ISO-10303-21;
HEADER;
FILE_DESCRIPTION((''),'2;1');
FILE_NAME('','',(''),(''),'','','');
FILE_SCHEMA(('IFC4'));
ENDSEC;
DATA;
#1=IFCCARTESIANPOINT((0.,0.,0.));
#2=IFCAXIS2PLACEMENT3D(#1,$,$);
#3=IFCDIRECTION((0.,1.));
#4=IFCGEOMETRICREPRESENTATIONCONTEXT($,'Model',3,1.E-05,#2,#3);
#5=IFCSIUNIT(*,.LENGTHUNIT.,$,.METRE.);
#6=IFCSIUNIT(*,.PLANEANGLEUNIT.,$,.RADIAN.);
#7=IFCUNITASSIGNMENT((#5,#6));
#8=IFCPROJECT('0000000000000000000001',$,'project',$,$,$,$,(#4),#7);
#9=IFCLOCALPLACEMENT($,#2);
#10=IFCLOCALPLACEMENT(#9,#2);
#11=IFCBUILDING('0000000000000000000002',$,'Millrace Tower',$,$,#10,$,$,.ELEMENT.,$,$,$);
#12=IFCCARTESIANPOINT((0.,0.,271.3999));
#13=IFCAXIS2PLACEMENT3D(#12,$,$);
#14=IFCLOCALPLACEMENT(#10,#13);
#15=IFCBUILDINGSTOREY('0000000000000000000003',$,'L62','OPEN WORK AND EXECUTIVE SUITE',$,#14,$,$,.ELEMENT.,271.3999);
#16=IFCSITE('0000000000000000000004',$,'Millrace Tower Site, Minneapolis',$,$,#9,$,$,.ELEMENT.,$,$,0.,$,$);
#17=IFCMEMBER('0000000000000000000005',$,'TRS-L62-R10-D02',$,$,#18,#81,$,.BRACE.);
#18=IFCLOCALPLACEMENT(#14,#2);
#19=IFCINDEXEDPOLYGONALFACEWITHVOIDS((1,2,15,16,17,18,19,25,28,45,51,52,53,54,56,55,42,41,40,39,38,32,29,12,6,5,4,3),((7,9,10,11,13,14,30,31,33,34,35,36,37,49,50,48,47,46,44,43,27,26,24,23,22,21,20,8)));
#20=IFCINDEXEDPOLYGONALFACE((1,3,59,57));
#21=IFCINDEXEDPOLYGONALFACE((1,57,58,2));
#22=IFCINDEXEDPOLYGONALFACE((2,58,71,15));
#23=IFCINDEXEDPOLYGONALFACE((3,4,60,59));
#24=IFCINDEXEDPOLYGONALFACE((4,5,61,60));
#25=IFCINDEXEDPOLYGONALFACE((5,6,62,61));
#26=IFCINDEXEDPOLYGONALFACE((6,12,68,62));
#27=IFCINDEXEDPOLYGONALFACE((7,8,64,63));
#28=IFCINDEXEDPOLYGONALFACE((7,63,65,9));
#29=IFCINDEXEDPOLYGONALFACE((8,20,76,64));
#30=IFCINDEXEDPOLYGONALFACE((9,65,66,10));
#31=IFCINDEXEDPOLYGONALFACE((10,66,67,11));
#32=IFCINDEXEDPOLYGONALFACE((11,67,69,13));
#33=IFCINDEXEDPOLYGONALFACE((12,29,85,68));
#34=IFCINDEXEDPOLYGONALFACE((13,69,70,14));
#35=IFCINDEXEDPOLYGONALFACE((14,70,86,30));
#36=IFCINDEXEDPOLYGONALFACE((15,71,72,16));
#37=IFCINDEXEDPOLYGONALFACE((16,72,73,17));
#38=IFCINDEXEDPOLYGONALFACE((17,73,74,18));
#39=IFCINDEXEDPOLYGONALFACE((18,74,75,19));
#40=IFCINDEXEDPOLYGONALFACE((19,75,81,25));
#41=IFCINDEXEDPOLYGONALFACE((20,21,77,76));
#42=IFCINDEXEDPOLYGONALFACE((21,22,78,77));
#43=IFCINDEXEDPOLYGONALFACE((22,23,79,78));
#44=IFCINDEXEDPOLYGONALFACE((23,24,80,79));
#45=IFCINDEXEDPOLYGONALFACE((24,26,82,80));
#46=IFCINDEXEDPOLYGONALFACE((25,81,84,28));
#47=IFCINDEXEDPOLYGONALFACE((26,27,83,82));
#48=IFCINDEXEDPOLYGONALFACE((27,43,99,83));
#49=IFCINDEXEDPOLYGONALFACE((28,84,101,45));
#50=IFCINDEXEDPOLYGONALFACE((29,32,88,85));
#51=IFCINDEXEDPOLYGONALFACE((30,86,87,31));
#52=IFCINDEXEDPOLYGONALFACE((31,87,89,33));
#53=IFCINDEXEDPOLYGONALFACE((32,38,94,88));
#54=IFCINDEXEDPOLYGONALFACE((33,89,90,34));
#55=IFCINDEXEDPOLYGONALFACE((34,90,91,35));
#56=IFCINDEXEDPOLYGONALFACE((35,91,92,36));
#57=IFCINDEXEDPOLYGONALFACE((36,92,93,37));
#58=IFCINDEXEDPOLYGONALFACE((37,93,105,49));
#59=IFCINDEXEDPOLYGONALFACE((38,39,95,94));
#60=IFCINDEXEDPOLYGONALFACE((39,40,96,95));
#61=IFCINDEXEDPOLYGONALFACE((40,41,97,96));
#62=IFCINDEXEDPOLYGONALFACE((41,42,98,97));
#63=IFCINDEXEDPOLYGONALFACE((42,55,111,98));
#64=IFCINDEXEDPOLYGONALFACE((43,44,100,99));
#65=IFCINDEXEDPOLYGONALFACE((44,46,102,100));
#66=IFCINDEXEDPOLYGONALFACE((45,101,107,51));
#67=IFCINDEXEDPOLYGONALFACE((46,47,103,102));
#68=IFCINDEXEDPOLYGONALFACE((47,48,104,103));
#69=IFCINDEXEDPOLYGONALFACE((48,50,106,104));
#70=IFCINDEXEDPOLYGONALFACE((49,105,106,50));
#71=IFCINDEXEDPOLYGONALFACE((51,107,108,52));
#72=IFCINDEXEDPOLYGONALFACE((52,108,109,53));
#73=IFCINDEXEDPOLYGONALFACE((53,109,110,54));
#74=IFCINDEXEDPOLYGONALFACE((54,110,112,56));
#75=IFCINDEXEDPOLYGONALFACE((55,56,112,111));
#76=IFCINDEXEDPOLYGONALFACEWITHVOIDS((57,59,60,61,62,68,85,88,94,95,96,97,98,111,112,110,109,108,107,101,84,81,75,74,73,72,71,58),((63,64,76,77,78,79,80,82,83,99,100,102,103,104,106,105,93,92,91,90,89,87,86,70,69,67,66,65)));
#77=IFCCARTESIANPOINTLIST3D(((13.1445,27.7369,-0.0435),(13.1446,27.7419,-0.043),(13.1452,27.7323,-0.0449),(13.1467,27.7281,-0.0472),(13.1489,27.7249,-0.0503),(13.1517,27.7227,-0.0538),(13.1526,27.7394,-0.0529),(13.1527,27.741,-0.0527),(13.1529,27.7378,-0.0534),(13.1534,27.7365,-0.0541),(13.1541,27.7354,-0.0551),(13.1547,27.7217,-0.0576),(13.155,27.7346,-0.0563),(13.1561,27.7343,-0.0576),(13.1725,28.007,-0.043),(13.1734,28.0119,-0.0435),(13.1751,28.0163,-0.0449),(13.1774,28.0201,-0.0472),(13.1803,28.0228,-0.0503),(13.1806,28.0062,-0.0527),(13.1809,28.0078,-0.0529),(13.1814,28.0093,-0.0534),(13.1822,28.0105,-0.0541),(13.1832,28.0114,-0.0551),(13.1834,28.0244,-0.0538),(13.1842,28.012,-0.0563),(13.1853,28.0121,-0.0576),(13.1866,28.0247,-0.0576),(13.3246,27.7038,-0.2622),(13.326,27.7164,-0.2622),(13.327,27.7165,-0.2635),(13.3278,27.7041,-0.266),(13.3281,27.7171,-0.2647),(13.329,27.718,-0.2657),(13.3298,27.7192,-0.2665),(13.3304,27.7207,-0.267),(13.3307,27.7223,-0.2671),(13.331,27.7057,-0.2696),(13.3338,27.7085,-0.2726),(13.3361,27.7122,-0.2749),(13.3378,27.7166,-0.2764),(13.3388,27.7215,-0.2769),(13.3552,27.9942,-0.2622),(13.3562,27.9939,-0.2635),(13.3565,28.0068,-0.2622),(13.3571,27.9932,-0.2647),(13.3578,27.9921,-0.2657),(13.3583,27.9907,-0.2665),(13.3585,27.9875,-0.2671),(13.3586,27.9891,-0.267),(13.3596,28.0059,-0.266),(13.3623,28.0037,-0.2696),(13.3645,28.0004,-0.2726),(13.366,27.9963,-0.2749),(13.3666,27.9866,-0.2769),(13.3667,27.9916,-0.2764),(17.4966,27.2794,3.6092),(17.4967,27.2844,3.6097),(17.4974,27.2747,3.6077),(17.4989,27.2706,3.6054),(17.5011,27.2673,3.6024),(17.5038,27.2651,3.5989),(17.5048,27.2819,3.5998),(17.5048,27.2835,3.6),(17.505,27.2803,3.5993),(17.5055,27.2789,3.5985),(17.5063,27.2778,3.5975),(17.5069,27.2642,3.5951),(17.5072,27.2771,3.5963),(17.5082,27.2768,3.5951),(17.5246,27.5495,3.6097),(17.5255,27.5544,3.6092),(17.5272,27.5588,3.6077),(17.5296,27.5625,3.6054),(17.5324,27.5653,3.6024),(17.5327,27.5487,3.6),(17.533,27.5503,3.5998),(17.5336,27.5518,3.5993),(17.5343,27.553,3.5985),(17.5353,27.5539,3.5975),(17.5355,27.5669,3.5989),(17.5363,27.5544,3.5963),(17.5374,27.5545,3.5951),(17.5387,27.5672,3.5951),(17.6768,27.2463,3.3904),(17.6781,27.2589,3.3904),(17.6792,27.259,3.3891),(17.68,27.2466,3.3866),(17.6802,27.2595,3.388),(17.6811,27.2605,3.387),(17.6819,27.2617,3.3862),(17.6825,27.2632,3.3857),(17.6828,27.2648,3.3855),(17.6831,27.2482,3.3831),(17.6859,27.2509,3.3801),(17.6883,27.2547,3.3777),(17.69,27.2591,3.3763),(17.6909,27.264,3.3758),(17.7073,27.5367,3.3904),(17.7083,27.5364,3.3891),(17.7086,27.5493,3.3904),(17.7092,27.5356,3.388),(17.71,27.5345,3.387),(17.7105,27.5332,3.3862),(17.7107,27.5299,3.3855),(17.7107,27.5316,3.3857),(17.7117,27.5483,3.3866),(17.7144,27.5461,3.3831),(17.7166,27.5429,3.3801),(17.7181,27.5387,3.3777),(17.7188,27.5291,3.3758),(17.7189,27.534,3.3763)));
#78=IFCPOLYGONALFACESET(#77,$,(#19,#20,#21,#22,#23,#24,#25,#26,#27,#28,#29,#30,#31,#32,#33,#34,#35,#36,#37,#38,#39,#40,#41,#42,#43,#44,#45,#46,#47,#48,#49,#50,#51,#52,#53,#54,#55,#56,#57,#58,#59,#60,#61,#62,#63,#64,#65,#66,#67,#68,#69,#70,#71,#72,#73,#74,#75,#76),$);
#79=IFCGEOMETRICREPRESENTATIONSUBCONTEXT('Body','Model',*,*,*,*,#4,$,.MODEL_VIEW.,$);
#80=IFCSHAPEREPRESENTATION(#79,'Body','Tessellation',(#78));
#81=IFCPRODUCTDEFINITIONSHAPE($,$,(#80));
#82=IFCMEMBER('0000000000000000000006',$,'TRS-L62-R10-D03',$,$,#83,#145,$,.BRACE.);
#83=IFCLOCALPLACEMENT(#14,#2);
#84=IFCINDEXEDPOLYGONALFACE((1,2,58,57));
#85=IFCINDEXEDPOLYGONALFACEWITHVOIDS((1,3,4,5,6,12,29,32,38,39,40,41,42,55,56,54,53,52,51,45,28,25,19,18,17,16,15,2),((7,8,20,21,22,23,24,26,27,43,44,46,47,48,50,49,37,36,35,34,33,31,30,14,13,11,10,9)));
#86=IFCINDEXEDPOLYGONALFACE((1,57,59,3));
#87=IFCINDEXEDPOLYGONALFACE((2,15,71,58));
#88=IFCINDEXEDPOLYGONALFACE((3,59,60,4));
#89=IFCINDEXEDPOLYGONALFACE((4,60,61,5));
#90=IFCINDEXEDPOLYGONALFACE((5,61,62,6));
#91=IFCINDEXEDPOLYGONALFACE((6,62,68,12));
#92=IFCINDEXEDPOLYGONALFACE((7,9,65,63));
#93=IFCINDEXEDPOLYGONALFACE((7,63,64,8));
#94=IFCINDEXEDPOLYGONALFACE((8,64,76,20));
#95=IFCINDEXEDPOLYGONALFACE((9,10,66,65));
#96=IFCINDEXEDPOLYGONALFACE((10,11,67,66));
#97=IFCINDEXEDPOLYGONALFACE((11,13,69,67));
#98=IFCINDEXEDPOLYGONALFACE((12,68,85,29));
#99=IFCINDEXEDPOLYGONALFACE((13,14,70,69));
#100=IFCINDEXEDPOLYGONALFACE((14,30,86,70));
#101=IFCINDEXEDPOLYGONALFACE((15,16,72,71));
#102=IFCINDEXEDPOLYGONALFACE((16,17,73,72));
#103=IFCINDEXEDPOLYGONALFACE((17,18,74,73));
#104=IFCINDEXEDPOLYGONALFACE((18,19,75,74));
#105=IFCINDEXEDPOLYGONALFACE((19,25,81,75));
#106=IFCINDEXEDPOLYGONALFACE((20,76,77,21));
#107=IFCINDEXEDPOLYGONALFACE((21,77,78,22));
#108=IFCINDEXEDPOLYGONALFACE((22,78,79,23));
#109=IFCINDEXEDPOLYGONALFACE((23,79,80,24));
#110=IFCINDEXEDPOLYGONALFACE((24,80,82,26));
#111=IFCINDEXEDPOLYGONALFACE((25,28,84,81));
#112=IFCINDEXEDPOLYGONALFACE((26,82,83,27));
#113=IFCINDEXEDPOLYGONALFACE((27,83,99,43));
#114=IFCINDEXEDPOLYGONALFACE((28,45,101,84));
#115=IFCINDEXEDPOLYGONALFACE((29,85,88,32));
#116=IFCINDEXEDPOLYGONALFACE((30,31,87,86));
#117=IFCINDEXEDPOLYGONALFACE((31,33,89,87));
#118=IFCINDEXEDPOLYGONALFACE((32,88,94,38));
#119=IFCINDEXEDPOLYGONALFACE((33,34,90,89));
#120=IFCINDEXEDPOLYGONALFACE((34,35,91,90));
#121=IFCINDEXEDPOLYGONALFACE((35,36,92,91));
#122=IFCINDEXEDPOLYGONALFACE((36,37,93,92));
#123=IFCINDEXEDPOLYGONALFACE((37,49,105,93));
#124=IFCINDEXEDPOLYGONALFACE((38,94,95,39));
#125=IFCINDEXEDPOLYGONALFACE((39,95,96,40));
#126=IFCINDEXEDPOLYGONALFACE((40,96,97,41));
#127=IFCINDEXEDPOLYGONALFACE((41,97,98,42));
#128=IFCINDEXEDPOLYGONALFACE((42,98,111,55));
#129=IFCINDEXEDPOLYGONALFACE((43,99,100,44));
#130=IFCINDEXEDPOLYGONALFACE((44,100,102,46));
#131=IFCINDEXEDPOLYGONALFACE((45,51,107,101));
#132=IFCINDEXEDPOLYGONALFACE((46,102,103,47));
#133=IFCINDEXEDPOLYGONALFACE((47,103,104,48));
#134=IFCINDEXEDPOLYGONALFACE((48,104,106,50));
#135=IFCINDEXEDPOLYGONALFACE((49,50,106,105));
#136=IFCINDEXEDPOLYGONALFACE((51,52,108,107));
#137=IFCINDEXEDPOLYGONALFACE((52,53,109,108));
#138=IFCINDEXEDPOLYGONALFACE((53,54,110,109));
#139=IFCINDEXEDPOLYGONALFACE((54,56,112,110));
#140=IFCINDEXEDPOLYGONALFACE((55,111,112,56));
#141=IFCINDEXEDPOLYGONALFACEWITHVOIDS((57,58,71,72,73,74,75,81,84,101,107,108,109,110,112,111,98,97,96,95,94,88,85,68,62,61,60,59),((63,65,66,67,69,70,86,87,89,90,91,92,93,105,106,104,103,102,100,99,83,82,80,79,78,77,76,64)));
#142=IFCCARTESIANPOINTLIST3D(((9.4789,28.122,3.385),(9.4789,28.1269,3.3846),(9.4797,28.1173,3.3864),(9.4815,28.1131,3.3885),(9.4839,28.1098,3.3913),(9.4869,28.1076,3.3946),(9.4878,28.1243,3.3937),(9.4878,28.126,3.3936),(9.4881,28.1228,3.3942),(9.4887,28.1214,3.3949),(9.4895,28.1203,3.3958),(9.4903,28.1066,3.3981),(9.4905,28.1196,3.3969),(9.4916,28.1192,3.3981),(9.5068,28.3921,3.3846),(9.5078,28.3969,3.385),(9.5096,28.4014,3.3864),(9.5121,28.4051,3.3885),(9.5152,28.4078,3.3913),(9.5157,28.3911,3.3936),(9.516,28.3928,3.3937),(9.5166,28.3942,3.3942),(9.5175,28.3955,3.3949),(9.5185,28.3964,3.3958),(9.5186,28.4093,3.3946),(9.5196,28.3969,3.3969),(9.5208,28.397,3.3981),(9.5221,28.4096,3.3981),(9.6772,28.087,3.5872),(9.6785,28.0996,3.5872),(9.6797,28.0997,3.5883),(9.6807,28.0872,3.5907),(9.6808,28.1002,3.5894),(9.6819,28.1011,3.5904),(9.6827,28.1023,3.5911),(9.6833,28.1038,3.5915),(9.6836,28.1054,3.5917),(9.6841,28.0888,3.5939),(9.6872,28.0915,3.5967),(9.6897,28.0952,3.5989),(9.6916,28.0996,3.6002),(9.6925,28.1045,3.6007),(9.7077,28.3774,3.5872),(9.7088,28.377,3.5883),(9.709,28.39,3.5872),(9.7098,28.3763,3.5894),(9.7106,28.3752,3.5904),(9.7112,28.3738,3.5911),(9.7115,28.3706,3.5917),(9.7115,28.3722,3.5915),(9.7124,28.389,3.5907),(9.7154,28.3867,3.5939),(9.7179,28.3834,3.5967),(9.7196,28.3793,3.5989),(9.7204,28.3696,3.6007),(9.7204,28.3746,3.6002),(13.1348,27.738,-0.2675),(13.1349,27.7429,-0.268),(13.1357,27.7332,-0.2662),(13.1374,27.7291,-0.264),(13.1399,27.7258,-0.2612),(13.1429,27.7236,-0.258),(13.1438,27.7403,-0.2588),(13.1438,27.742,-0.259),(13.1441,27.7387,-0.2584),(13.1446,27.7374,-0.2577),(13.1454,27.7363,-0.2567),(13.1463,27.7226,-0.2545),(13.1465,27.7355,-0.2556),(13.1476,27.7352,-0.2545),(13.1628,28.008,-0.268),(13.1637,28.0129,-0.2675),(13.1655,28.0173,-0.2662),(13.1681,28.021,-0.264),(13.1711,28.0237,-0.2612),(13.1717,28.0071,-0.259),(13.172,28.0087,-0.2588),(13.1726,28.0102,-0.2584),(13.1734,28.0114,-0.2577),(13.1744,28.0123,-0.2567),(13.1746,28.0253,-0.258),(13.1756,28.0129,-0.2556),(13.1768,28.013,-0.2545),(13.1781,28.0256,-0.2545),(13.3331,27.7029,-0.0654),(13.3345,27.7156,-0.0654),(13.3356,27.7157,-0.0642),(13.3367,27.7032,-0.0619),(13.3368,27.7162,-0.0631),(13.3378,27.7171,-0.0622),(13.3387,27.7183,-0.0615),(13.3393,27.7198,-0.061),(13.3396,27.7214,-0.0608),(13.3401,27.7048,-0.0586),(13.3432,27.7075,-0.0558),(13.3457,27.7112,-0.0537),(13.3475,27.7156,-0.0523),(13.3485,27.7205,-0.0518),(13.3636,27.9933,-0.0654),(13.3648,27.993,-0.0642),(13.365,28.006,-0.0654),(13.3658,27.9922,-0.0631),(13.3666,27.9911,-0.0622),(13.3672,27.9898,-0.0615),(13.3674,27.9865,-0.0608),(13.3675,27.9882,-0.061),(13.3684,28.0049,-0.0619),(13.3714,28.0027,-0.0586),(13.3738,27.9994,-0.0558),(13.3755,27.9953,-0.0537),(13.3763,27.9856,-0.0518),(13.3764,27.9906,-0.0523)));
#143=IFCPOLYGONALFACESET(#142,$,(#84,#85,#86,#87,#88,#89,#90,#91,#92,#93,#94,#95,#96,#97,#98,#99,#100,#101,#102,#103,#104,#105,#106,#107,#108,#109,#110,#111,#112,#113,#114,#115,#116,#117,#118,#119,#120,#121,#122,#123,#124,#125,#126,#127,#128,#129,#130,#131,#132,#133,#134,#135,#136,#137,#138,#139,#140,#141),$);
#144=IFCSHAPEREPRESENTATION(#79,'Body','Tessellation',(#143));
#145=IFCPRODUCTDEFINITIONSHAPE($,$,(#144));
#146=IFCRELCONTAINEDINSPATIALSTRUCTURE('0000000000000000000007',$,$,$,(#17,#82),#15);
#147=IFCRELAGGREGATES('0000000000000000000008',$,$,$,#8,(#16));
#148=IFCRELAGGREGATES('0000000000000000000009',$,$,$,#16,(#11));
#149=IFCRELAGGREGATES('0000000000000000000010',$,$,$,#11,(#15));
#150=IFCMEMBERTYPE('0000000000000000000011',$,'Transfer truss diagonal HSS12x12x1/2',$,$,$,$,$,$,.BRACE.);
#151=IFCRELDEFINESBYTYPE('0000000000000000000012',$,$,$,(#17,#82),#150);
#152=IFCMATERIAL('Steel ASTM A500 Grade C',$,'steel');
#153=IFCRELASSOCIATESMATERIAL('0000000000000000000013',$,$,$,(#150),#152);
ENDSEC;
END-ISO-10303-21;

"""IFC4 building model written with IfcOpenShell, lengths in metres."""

from ifc_helpers import new_model, si_unit, direction, frame, origin, origin_2d, place, context, subcontext, project, spatial, hollow_rectangle, extrude, material, material_profile, profile_set, type_object, element, save


model = new_model("IFC4")

# Units and contexts
model_context = context("Model", 3, precision=1e-05, world=origin(), true_north=direction((0.0, 1.0)))
body_context = subcontext(model_context, "Body", "Model", "MODEL_VIEW")
ifc_project = project(units=[si_unit("LENGTHUNIT", "METRE"), si_unit("PLANEANGLEUNIT", "RADIAN")], contexts=[model_context])

# Site, building, storey
site_placement = place(None, origin())
site = spatial("IfcSite", under=ifc_project, at=site_placement, Name="Millrace Tower Site, Minneapolis", CompositionType="ELEMENT", RefElevation=0.0)
building_placement = place(site_placement, origin())
building = spatial("IfcBuilding", under=site, at=building_placement, Name="Millrace Tower", CompositionType="ELEMENT")
storey_placement = place(building_placement, frame((0.0, 0.0, 271.3999)))
storey = spatial("IfcBuildingStorey", under=building, at=storey_placement, Name="L62", Description="OPEN WORK AND EXECUTIVE SUITE", CompositionType="ELEMENT", Elevation=271.3999)

# Members
ifc_material_1 = material(Name="Steel ASTM A500 Grade C", Category="steel")
ifc_material_profile_1 = material_profile(ifc_material_1, hollow_rectangle(XDim=0.3047, YDim=0.3047, WallThickness=0.0127, InnerFilletRadius=0.0063, OuterFilletRadius=0.019, at=origin_2d()))
ifc_profile_set_1 = profile_set([ifc_material_profile_1], Name="Steel ASTM A500 Grade C")
member_type_1 = type_object("IfcMemberType", Name="Transfer truss diagonal HSS12x12x1/2", PredefinedType="BRACE", material=ifc_profile_set_1)
member_1_placement = place(storey_placement, frame((13.2556, 27.8643, -0.1599), z_axis=(0.763505, -0.080265, 0.640794), x_axis=(0.104551, 0.99452, 0.0)))
element("IfcMember", 1, at=member_1_placement, inside=storey, type_object=member_type_1, Name="TRS-L62-R10-D02", PredefinedType="BRACE", context=body_context, shape_type="SweptSolid", body=[
    extrude(hollow_rectangle(XDim=0.3047, YDim=0.3047, WallThickness=0.0127, InnerFilletRadius=0.0063, OuterFilletRadius=0.019, at=origin_2d()), origin(), (0.0, 0.0, 1.0), 5.7002),
])
member_2_placement = place(storey_placement, frame((13.2556, 27.8643, -0.1599), z_axis=(-0.705492, 0.074106, 0.704833), x_axis=(-0.104467, -0.994528, 0.0)))
element("IfcMember", 2, at=member_2_placement, inside=storey, type_object=member_type_1, Name="TRS-L62-R10-D03", PredefinedType="BRACE", context=body_context, shape_type="SweptSolid", body=[
    extrude(hollow_rectangle(XDim=0.3047, YDim=0.3047, WallThickness=0.0127, InnerFilletRadius=0.0063, OuterFilletRadius=0.019, at=origin_2d()), origin(), (0.0, 0.0, 1.0), 5.1821),
])

save(model, "model.ifc")
